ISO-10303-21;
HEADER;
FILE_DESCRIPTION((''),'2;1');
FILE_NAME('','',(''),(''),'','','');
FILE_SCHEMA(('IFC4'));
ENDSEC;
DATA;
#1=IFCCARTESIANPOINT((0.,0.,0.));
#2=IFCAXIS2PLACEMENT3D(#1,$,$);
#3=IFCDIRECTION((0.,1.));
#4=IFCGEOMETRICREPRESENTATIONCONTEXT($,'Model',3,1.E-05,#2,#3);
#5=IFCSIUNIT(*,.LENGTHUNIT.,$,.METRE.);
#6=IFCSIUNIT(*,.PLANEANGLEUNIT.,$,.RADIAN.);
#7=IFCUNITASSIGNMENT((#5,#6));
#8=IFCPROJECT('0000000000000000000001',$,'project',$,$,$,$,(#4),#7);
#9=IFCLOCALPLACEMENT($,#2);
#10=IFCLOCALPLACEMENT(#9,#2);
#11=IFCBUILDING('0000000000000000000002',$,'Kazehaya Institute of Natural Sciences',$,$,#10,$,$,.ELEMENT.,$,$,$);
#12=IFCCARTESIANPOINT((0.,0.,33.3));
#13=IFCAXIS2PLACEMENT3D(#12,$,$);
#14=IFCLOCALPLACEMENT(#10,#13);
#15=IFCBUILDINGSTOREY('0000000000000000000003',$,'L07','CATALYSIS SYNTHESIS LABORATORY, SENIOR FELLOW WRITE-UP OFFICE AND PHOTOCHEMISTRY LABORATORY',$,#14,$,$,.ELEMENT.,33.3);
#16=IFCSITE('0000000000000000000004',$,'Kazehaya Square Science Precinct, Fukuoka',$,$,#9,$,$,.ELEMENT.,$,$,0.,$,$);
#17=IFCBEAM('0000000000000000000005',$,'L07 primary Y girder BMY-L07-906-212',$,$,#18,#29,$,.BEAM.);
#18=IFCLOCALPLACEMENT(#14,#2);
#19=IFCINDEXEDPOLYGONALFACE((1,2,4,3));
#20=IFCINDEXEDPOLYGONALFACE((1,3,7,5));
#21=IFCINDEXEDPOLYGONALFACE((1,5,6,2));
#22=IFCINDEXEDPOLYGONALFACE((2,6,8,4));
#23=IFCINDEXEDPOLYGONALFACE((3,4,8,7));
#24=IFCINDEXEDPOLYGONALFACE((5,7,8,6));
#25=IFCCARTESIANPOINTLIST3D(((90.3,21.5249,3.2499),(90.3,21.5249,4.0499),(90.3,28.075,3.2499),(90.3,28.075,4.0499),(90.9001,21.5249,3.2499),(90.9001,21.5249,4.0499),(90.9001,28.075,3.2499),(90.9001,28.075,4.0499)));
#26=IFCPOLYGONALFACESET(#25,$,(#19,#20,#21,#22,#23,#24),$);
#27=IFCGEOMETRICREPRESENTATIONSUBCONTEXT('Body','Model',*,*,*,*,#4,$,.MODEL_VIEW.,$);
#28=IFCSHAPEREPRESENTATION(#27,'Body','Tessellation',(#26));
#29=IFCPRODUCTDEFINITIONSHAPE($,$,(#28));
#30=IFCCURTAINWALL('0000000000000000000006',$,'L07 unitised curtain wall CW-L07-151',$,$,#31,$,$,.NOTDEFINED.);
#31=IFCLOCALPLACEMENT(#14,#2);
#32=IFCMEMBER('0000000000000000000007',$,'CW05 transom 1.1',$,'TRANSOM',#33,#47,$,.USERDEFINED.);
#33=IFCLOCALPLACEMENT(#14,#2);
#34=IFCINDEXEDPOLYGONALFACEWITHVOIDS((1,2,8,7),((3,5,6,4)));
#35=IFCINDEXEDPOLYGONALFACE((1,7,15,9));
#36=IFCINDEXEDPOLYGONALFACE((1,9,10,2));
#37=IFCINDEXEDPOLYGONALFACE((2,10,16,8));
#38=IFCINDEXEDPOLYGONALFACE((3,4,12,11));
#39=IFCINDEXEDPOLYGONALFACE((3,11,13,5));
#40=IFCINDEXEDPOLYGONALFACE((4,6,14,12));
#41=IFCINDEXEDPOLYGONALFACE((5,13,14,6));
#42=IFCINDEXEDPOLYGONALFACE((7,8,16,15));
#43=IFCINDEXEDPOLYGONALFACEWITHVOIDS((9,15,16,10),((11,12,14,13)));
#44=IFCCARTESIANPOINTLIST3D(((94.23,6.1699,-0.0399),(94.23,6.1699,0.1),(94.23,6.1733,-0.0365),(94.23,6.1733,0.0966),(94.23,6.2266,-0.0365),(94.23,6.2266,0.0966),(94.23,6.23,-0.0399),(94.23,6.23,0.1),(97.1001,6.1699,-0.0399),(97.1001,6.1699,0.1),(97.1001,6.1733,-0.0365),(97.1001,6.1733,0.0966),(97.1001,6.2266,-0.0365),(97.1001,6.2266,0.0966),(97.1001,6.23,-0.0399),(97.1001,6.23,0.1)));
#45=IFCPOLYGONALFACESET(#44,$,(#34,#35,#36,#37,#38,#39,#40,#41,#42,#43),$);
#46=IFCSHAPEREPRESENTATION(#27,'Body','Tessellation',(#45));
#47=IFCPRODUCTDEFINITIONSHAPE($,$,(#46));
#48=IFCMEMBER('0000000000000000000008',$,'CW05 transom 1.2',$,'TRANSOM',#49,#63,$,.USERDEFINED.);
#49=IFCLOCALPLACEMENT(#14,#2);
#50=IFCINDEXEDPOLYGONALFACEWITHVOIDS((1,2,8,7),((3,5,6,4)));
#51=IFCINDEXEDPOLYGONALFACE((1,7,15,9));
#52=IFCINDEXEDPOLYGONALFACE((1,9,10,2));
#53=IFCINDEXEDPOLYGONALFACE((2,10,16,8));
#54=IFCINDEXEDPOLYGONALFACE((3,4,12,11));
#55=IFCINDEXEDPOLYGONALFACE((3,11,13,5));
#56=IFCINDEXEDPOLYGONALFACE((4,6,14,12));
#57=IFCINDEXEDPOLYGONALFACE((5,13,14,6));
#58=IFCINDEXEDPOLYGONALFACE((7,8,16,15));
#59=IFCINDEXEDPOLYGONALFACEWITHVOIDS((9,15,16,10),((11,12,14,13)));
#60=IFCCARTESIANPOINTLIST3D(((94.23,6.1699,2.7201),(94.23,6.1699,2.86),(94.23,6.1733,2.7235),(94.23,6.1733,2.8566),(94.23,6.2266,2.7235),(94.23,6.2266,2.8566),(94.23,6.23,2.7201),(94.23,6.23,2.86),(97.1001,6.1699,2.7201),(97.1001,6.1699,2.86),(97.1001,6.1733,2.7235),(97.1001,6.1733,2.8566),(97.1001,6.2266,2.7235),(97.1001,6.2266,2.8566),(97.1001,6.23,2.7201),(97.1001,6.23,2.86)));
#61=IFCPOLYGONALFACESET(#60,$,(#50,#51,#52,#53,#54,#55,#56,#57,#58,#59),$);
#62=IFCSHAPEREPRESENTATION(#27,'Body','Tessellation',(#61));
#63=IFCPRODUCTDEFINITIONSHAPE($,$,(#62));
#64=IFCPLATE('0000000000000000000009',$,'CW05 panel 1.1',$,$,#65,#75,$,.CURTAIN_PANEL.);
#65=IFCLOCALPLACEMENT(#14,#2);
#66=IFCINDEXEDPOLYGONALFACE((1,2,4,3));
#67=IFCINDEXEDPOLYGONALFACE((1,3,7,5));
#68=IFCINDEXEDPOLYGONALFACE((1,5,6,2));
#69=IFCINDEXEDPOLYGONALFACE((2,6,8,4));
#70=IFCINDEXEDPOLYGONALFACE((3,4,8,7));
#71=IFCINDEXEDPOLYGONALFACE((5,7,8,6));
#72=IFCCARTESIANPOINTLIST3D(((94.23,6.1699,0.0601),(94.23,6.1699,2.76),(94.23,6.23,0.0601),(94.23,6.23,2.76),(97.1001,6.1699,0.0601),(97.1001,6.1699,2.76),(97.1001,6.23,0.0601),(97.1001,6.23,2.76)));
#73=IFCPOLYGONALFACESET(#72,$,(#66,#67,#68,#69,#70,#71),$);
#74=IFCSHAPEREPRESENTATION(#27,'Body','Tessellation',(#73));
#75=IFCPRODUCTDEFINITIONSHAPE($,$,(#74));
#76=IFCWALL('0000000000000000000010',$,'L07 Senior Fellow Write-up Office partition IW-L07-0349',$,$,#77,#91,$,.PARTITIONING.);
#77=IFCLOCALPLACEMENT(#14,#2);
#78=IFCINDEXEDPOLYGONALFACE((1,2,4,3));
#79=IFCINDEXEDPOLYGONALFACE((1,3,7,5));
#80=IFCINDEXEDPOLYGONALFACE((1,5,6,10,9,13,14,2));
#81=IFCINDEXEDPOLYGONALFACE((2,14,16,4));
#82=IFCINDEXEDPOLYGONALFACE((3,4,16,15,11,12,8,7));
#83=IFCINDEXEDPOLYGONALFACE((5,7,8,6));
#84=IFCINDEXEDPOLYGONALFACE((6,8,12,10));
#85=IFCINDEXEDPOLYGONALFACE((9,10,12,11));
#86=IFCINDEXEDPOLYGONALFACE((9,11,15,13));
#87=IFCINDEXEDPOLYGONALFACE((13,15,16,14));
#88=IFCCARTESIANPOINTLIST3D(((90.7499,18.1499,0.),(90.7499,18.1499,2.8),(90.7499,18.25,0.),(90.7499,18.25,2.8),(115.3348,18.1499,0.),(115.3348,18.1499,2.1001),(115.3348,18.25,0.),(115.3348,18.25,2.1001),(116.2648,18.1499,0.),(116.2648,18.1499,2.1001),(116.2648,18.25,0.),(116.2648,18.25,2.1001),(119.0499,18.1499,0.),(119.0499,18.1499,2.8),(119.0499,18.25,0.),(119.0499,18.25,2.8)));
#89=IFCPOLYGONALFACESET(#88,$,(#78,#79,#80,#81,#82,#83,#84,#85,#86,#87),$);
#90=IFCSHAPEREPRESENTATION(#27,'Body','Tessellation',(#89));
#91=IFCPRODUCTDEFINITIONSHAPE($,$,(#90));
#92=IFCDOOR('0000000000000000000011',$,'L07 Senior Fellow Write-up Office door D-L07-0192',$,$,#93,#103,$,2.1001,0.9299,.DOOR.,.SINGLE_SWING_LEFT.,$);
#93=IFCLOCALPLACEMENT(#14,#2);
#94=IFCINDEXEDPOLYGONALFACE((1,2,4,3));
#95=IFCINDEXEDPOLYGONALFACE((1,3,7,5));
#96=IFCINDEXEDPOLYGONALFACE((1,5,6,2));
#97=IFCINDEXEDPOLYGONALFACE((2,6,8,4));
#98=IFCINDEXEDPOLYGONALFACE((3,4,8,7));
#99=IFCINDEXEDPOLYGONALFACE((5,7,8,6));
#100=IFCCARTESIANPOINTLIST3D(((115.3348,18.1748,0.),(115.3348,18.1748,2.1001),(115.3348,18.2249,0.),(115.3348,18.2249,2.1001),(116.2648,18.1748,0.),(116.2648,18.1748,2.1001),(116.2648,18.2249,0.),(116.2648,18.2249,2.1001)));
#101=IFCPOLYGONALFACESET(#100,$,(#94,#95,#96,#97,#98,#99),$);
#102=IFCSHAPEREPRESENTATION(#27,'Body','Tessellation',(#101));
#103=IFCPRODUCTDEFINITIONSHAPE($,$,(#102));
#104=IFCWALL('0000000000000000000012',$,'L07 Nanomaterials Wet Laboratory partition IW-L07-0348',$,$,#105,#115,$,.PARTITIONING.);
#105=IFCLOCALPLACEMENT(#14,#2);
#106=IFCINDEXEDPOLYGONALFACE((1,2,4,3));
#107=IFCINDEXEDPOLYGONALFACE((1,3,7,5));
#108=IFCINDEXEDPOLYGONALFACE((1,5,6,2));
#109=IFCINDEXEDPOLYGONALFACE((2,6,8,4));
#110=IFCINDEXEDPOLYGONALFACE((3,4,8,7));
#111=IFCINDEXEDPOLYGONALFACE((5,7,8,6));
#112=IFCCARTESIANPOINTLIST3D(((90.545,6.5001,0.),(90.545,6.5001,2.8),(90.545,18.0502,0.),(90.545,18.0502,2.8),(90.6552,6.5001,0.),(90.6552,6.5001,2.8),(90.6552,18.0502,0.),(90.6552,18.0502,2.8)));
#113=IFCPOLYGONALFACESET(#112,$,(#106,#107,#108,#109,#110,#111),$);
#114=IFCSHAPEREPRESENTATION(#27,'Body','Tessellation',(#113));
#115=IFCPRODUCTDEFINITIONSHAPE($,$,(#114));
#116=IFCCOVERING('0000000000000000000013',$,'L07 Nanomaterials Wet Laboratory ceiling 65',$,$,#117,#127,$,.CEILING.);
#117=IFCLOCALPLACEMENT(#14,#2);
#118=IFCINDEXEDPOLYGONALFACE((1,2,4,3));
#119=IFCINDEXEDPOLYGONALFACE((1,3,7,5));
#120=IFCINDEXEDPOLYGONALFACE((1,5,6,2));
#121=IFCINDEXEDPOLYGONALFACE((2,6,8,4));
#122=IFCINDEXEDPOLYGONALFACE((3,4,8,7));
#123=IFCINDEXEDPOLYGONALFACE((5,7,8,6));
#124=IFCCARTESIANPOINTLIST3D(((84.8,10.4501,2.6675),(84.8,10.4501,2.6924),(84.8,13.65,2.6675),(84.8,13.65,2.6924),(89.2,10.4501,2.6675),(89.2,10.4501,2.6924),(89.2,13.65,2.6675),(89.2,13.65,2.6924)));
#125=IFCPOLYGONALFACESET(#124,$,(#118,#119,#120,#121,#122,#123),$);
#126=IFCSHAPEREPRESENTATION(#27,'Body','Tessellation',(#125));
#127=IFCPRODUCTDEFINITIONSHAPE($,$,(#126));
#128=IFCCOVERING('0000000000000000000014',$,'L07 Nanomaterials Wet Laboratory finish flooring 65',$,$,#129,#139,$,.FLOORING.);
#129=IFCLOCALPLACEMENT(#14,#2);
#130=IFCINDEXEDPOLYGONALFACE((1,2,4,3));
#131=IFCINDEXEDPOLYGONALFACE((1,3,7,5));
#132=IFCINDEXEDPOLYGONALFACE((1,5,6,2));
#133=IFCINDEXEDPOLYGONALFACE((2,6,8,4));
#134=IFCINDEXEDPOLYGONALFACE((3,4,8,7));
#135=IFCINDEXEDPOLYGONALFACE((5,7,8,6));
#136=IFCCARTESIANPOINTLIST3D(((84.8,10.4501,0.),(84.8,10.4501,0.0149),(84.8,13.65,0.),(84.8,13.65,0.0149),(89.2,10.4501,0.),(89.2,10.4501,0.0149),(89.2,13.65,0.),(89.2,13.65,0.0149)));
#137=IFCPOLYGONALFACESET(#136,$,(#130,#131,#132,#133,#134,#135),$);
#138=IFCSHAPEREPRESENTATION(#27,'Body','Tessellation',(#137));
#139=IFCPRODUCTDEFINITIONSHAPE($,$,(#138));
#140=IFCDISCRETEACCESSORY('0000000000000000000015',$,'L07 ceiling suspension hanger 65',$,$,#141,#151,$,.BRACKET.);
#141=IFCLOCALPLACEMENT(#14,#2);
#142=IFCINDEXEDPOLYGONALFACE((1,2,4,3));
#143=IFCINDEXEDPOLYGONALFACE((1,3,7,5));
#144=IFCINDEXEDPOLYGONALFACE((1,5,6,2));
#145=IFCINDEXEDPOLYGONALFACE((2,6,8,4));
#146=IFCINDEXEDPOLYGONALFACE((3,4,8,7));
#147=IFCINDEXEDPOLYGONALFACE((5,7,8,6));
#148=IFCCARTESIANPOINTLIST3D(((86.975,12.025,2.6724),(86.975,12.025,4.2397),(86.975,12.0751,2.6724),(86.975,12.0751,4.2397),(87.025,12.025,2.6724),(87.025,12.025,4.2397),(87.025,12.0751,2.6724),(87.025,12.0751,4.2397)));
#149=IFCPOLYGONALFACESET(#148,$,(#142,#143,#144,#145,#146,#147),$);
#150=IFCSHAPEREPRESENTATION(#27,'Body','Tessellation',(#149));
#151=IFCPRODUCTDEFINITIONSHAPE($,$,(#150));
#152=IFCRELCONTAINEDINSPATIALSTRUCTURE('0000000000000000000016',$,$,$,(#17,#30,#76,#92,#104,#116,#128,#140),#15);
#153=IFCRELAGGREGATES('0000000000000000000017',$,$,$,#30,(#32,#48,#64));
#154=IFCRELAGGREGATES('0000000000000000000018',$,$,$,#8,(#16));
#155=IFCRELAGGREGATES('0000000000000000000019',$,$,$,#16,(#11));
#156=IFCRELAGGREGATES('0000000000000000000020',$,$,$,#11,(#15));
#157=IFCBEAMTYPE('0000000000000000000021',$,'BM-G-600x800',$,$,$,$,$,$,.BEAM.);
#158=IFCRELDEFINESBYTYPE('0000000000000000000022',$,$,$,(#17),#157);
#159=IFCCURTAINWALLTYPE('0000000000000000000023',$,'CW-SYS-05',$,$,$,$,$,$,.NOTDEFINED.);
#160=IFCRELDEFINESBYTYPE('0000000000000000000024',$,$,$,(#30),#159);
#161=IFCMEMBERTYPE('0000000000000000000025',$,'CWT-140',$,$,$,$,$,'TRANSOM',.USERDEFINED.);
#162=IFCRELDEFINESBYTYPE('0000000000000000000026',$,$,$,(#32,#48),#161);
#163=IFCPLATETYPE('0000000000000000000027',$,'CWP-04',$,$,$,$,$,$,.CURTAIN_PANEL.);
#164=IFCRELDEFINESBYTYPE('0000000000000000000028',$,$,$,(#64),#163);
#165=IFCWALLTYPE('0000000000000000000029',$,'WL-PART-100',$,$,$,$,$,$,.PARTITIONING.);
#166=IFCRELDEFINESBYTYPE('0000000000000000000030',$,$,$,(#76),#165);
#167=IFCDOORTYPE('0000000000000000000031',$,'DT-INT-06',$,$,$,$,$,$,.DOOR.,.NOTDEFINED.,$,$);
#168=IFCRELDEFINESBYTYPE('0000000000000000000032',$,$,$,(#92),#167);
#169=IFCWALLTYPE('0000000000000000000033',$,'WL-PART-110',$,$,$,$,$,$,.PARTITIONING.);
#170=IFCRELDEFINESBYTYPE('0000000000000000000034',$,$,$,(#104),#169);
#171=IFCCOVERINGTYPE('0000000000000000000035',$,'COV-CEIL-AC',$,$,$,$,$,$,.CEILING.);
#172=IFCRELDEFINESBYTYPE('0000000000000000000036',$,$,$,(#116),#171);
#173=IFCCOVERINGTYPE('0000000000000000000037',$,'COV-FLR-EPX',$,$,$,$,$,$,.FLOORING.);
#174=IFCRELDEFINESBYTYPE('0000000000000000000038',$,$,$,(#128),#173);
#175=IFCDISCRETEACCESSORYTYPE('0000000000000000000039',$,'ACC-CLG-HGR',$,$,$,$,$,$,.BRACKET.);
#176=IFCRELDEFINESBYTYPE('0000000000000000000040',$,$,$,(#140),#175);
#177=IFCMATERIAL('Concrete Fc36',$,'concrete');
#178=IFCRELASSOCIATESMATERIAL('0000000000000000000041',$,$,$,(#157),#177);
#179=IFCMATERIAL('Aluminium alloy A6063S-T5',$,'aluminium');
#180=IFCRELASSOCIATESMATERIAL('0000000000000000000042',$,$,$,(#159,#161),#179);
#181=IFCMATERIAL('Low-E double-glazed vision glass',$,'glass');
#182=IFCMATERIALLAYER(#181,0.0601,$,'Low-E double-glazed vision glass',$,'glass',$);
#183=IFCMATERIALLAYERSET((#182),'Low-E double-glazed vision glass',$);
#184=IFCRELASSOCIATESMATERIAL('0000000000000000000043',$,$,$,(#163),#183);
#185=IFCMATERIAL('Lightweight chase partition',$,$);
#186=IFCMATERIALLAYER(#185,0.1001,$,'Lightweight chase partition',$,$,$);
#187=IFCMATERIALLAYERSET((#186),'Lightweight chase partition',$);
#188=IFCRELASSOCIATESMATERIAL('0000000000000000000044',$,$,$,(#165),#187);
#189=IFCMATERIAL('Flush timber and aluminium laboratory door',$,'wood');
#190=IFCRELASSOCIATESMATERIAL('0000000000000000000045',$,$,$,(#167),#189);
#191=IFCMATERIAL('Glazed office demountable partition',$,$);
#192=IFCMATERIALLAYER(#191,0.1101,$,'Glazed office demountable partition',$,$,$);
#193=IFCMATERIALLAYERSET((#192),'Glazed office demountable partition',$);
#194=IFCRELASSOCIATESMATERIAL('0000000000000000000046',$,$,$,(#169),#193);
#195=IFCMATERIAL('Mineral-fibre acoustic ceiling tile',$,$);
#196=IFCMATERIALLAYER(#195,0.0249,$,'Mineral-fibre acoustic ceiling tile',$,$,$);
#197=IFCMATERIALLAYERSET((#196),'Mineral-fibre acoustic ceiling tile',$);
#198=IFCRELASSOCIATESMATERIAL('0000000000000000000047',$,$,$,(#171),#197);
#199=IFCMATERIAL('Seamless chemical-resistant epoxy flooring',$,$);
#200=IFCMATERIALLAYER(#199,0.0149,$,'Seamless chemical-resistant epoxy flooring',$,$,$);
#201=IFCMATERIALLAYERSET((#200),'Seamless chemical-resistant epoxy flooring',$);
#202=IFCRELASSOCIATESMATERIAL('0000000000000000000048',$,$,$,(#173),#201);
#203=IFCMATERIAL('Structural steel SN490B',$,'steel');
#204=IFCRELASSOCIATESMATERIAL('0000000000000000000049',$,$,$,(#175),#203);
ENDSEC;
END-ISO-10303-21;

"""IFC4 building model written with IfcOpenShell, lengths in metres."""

from ifc_helpers import new_model, si_unit, direction, frame, frame_2d, origin, origin_2d, place, context, subcontext, project, spatial, rectangle, hollow_rectangle, extrude, material, layer, layer_set, material_profile, profile_set, type_object, element, fill, aggregate, save


model = new_model("IFC4")

# Units and contexts
model_context = context("Model", 3, precision=1e-05, world=origin(), true_north=direction((0.0, 1.0)))
body_context = subcontext(model_context, "Body", "Model", "MODEL_VIEW")
ifc_project = project(units=[si_unit("LENGTHUNIT", "METRE"), si_unit("PLANEANGLEUNIT", "RADIAN")], contexts=[model_context])

# Site, building, storey
site_placement = place(None, origin())
site = spatial("IfcSite", under=ifc_project, at=site_placement, Name="Kazehaya Square Science Precinct, Fukuoka", CompositionType="ELEMENT", RefElevation=0.0)
building_placement = place(site_placement, origin())
building = spatial("IfcBuilding", under=site, at=building_placement, Name="Kazehaya Institute of Natural Sciences", CompositionType="ELEMENT")
storey_placement = place(building_placement, frame((0.0, 0.0, 33.3)))
storey = spatial("IfcBuildingStorey", under=building, at=storey_placement, Name="L07", Description="CATALYSIS SYNTHESIS LABORATORY, SENIOR FELLOW WRITE-UP OFFICE AND PHOTOCHEMISTRY LABORATORY", CompositionType="ELEMENT", Elevation=33.3)

# Shared definitions
ifc_material_1 = material(Name="Concrete Fc36", Category="concrete")

# Beam
ifc_material_profile_1 = material_profile(ifc_material_1, rectangle(XDim=0.6001, YDim=0.8, at=origin_2d()), Name="RC-600x800")
ifc_profile_set_1 = profile_set([ifc_material_profile_1], Name="Concrete Fc36")
beam_type = type_object("IfcBeamType", Name="BM-G-600x800", PredefinedType="BEAM", material=ifc_profile_set_1)
for number, where, z_axis, x_axis, name in (
    (1, (90.6001, 21.5249, 3.6499), (0.0, 1.0, 0.0), (-1.0, 0.0, 0.0), "L07 primary Y girder BMY-L07-906-212"),
):
    element("IfcBeam", number, at=place(storey_placement, frame(where, z_axis=z_axis, x_axis=x_axis)), inside=storey, type_object=beam_type, Name=name, PredefinedType="BEAM", context=body_context, shape_type="SweptSolid", body=[
        extrude(rectangle(XDim=0.6001, YDim=0.8, at=origin_2d()), origin(), (0.0, 0.0, 1.0), 6.55),
    ])

# Curtain wall, members, plate
ifc_material_2 = material(Name="Aluminium alloy A6063S-T5", Category="aluminium")
curtain_wall_type = type_object("IfcCurtainWallType", Name="CW-SYS-05", PredefinedType="NOTDEFINED", material=ifc_material_2)
curtain_wall_placement = place(storey_placement, origin())
curtain_wall = element("IfcCurtainWall", 2, at=curtain_wall_placement, inside=storey, type_object=curtain_wall_type, Name="L07 unitised curtain wall CW-L07-151", PredefinedType="NOTDEFINED")
ifc_material_profile_2 = material_profile(ifc_material_2, hollow_rectangle(XDim=0.0601, YDim=0.1399, WallThickness=0.0034, at=origin_2d()), Name="ALU-60x140x3.5")
ifc_profile_set_2 = profile_set([ifc_material_profile_2], Name="Aluminium alloy A6063S-T5")
member_type = type_object("IfcMemberType", Name="CWT-140", ElementType="TRANSOM", PredefinedType="USERDEFINED", material=ifc_profile_set_2)
member_1_placement = place(storey_placement, frame((97.1001, 6.2, 0.03), z_axis=(-1.0, 0.0, 0.0), x_axis=(0.0, -1.0, 0.0)))
member_1 = element("IfcMember", 3, at=member_1_placement, type_object=member_type, Name="CW05 transom 1.1", ObjectType="TRANSOM", PredefinedType="USERDEFINED", context=body_context, shape_type="SweptSolid", body=[
    extrude(hollow_rectangle(XDim=0.0601, YDim=0.1399, WallThickness=0.0034, at=origin_2d()), origin(), (0.0, 0.0, 1.0), 2.8701),
])
member_2_placement = place(storey_placement, frame((97.1001, 6.2, 2.79), z_axis=(-1.0, 0.0, 0.0), x_axis=(0.0, -1.0, 0.0)))
member_2 = element("IfcMember", 4, at=member_2_placement, type_object=member_type, Name="CW05 transom 1.2", ObjectType="TRANSOM", PredefinedType="USERDEFINED", context=body_context, shape_type="SweptSolid", body=[
    extrude(hollow_rectangle(XDim=0.0601, YDim=0.1399, WallThickness=0.0034, at=origin_2d()), origin(), (0.0, 0.0, 1.0), 2.8701),
])
ifc_material_3 = material(Name="Low-E double-glazed vision glass", Category="glass")
ifc_layer_1 = layer(ifc_material_3, 0.0601, Name="Low-E double-glazed vision glass", Category="glass")
ifc_layer_set_1 = layer_set([ifc_layer_1], Name="Low-E double-glazed vision glass")
plate_type = type_object("IfcPlateType", Name="CWP-04", PredefinedType="CURTAIN_PANEL", material=ifc_layer_set_1)
plate_placement = place(storey_placement, frame((95.665, 6.2, 0.0601), z_axis=(0.0, 0.0, 1.0), x_axis=(-1.0, 0.0, 0.0)))
plate = element("IfcPlate", 5, at=plate_placement, type_object=plate_type, Name="CW05 panel 1.1", PredefinedType="CURTAIN_PANEL", context=body_context, shape_type="SweptSolid", body=[
    extrude(rectangle(XDim=2.8701, YDim=0.0601, at=origin_2d()), origin(), (0.0, 0.0, 1.0), 2.7),
])
aggregate(curtain_wall, [member_1, member_2, plate])

# Wall, opening, door
ifc_material_4 = material(Name="Lightweight chase partition")
ifc_layer_2 = layer(ifc_material_4, 0.1001, Name="Lightweight chase partition")
ifc_layer_set_2 = layer_set([ifc_layer_2], Name="Lightweight chase partition")
wall_type_1 = type_object("IfcWallType", Name="WL-PART-100", PredefinedType="PARTITIONING", material=ifc_layer_set_2)
wall_1_placement = place(storey_placement, frame((90.75, 18.2, 0.0), z_axis=(0.0, 0.0, 1.0), x_axis=(1.0, 0.0, 0.0)))
wall_1 = element("IfcWall", 6, at=wall_1_placement, inside=storey, type_object=wall_type_1, Name="L07 Senior Fellow Write-up Office partition IW-L07-0349", PredefinedType="PARTITIONING", context=body_context, shape_type="SweptSolid", body=[
    extrude(rectangle(XDim=28.3, YDim=0.1001, at=frame_2d((14.1499, 0.0))), origin(), (0.0, 0.0, 1.0), 2.8),
])
opening_placement = place(wall_1_placement, frame((24.585, 0.0, 0.0)))
opening = element("IfcOpeningElement", 7, at=opening_placement, cuts=wall_1, PredefinedType="OPENING", context=body_context, shape_type="SweptSolid", body=[
    extrude(rectangle(XDim=0.9299, YDim=2.1001, at=frame_2d((0.4648, 1.05))), frame((0.0, 0.0601, 0.0), z_axis=(0.0, -1.0, 0.0), x_axis=(1.0, 0.0, 0.0)), (0.0, 0.0, 1.0), 0.1201),
])
ifc_material_5 = material(Name="Flush timber and aluminium laboratory door", Category="wood")
door_type = type_object("IfcDoorType", Name="DT-INT-06", OperationType="NOTDEFINED", PredefinedType="DOOR", material=ifc_material_5)
door_placement = place(opening_placement, origin())
door = element("IfcDoor", 8, at=door_placement, inside=storey, type_object=door_type, Name="L07 Senior Fellow Write-up Office door D-L07-0192", OperationType="SINGLE_SWING_LEFT", OverallHeight=2.1001, OverallWidth=0.9299, PredefinedType="DOOR", context=body_context, shape_type="SweptSolid", body=[
    extrude(rectangle(XDim=0.9299, YDim=2.1001, at=frame_2d((0.4648, 1.05))), frame((0.0, 0.0249, 0.0), z_axis=(0.0, -1.0, 0.0), x_axis=(1.0, 0.0, 0.0)), (0.0, 0.0, 1.0), 0.05),
])
fill(opening, door)

# Wall
ifc_material_6 = material(Name="Glazed office demountable partition")
ifc_layer_3 = layer(ifc_material_6, 0.1101, Name="Glazed office demountable partition")
ifc_layer_set_3 = layer_set([ifc_layer_3], Name="Glazed office demountable partition")
wall_type_2 = type_object("IfcWallType", Name="WL-PART-110", PredefinedType="PARTITIONING", material=ifc_layer_set_3)
wall_2_placement = place(storey_placement, frame((90.6001, 18.05, 0.0), z_axis=(0.0, 0.0, 1.0), x_axis=(0.0, -1.0, 0.0)))
element("IfcWall", 9, at=wall_2_placement, inside=storey, type_object=wall_type_2, Name="L07 Nanomaterials Wet Laboratory partition IW-L07-0348", PredefinedType="PARTITIONING", context=body_context, shape_type="SweptSolid", body=[
    extrude(rectangle(XDim=11.55, YDim=0.1101, at=frame_2d((5.7749, 0.0))), origin(), (0.0, 0.0, 1.0), 2.8),
])

# Coverings
ifc_material_7 = material(Name="Mineral-fibre acoustic ceiling tile")
ifc_layer_4 = layer(ifc_material_7, 0.0249, Name="Mineral-fibre acoustic ceiling tile")
ifc_layer_set_4 = layer_set([ifc_layer_4], Name="Mineral-fibre acoustic ceiling tile")
covering_type_1 = type_object("IfcCoveringType", Name="COV-CEIL-AC", PredefinedType="CEILING", material=ifc_layer_set_4)
covering_1_placement = place(storey_placement, frame((87.0, 12.05, 2.6675), z_axis=(0.0, 0.0, 1.0), x_axis=(1.0, 0.0, 0.0)))
element("IfcCovering", 10, at=covering_1_placement, inside=storey, type_object=covering_type_1, Name="L07 Nanomaterials Wet Laboratory ceiling 65", PredefinedType="CEILING", context=body_context, shape_type="SweptSolid", body=[
    extrude(rectangle(XDim=4.3999, YDim=3.2, at=origin_2d()), origin(), (0.0, 0.0, 1.0), 0.0249),
])
ifc_material_8 = material(Name="Seamless chemical-resistant epoxy flooring")
ifc_layer_5 = layer(ifc_material_8, 0.0149, Name="Seamless chemical-resistant epoxy flooring")
ifc_layer_set_5 = layer_set([ifc_layer_5], Name="Seamless chemical-resistant epoxy flooring")
covering_type_2 = type_object("IfcCoveringType", Name="COV-FLR-EPX", PredefinedType="FLOORING", material=ifc_layer_set_5)
covering_2_placement = place(storey_placement, frame((87.0, 12.05, 0.0), z_axis=(0.0, 0.0, 1.0), x_axis=(1.0, 0.0, 0.0)))
element("IfcCovering", 11, at=covering_2_placement, inside=storey, type_object=covering_type_2, Name="L07 Nanomaterials Wet Laboratory finish flooring 65", PredefinedType="FLOORING", context=body_context, shape_type="SweptSolid", body=[
    extrude(rectangle(XDim=4.3999, YDim=3.2, at=origin_2d()), origin(), (0.0, 0.0, 1.0), 0.0149),
])

# Discrete accessory
ifc_material_9 = material(Name="Structural steel SN490B", Category="steel")
discrete_accessory_type = type_object("IfcDiscreteAccessoryType", Name="ACC-CLG-HGR", PredefinedType="BRACKET", material=ifc_material_9)
discrete_accessory_placement = place(storey_placement, frame((87.0, 12.05, 2.6724), z_axis=(0.0, 0.0, 1.0), x_axis=(1.0, 0.0, 0.0)))
element("IfcDiscreteAccessory", 12, at=discrete_accessory_placement, inside=storey, type_object=discrete_accessory_type, Name="L07 ceiling suspension hanger 65", PredefinedType="BRACKET", context=body_context, shape_type="SweptSolid", body=[
    extrude(rectangle(XDim=0.05, YDim=0.05, at=origin_2d()), origin(), (0.0, 0.0, 1.0), 1.5674),
])

save(model, "model.ifc")
